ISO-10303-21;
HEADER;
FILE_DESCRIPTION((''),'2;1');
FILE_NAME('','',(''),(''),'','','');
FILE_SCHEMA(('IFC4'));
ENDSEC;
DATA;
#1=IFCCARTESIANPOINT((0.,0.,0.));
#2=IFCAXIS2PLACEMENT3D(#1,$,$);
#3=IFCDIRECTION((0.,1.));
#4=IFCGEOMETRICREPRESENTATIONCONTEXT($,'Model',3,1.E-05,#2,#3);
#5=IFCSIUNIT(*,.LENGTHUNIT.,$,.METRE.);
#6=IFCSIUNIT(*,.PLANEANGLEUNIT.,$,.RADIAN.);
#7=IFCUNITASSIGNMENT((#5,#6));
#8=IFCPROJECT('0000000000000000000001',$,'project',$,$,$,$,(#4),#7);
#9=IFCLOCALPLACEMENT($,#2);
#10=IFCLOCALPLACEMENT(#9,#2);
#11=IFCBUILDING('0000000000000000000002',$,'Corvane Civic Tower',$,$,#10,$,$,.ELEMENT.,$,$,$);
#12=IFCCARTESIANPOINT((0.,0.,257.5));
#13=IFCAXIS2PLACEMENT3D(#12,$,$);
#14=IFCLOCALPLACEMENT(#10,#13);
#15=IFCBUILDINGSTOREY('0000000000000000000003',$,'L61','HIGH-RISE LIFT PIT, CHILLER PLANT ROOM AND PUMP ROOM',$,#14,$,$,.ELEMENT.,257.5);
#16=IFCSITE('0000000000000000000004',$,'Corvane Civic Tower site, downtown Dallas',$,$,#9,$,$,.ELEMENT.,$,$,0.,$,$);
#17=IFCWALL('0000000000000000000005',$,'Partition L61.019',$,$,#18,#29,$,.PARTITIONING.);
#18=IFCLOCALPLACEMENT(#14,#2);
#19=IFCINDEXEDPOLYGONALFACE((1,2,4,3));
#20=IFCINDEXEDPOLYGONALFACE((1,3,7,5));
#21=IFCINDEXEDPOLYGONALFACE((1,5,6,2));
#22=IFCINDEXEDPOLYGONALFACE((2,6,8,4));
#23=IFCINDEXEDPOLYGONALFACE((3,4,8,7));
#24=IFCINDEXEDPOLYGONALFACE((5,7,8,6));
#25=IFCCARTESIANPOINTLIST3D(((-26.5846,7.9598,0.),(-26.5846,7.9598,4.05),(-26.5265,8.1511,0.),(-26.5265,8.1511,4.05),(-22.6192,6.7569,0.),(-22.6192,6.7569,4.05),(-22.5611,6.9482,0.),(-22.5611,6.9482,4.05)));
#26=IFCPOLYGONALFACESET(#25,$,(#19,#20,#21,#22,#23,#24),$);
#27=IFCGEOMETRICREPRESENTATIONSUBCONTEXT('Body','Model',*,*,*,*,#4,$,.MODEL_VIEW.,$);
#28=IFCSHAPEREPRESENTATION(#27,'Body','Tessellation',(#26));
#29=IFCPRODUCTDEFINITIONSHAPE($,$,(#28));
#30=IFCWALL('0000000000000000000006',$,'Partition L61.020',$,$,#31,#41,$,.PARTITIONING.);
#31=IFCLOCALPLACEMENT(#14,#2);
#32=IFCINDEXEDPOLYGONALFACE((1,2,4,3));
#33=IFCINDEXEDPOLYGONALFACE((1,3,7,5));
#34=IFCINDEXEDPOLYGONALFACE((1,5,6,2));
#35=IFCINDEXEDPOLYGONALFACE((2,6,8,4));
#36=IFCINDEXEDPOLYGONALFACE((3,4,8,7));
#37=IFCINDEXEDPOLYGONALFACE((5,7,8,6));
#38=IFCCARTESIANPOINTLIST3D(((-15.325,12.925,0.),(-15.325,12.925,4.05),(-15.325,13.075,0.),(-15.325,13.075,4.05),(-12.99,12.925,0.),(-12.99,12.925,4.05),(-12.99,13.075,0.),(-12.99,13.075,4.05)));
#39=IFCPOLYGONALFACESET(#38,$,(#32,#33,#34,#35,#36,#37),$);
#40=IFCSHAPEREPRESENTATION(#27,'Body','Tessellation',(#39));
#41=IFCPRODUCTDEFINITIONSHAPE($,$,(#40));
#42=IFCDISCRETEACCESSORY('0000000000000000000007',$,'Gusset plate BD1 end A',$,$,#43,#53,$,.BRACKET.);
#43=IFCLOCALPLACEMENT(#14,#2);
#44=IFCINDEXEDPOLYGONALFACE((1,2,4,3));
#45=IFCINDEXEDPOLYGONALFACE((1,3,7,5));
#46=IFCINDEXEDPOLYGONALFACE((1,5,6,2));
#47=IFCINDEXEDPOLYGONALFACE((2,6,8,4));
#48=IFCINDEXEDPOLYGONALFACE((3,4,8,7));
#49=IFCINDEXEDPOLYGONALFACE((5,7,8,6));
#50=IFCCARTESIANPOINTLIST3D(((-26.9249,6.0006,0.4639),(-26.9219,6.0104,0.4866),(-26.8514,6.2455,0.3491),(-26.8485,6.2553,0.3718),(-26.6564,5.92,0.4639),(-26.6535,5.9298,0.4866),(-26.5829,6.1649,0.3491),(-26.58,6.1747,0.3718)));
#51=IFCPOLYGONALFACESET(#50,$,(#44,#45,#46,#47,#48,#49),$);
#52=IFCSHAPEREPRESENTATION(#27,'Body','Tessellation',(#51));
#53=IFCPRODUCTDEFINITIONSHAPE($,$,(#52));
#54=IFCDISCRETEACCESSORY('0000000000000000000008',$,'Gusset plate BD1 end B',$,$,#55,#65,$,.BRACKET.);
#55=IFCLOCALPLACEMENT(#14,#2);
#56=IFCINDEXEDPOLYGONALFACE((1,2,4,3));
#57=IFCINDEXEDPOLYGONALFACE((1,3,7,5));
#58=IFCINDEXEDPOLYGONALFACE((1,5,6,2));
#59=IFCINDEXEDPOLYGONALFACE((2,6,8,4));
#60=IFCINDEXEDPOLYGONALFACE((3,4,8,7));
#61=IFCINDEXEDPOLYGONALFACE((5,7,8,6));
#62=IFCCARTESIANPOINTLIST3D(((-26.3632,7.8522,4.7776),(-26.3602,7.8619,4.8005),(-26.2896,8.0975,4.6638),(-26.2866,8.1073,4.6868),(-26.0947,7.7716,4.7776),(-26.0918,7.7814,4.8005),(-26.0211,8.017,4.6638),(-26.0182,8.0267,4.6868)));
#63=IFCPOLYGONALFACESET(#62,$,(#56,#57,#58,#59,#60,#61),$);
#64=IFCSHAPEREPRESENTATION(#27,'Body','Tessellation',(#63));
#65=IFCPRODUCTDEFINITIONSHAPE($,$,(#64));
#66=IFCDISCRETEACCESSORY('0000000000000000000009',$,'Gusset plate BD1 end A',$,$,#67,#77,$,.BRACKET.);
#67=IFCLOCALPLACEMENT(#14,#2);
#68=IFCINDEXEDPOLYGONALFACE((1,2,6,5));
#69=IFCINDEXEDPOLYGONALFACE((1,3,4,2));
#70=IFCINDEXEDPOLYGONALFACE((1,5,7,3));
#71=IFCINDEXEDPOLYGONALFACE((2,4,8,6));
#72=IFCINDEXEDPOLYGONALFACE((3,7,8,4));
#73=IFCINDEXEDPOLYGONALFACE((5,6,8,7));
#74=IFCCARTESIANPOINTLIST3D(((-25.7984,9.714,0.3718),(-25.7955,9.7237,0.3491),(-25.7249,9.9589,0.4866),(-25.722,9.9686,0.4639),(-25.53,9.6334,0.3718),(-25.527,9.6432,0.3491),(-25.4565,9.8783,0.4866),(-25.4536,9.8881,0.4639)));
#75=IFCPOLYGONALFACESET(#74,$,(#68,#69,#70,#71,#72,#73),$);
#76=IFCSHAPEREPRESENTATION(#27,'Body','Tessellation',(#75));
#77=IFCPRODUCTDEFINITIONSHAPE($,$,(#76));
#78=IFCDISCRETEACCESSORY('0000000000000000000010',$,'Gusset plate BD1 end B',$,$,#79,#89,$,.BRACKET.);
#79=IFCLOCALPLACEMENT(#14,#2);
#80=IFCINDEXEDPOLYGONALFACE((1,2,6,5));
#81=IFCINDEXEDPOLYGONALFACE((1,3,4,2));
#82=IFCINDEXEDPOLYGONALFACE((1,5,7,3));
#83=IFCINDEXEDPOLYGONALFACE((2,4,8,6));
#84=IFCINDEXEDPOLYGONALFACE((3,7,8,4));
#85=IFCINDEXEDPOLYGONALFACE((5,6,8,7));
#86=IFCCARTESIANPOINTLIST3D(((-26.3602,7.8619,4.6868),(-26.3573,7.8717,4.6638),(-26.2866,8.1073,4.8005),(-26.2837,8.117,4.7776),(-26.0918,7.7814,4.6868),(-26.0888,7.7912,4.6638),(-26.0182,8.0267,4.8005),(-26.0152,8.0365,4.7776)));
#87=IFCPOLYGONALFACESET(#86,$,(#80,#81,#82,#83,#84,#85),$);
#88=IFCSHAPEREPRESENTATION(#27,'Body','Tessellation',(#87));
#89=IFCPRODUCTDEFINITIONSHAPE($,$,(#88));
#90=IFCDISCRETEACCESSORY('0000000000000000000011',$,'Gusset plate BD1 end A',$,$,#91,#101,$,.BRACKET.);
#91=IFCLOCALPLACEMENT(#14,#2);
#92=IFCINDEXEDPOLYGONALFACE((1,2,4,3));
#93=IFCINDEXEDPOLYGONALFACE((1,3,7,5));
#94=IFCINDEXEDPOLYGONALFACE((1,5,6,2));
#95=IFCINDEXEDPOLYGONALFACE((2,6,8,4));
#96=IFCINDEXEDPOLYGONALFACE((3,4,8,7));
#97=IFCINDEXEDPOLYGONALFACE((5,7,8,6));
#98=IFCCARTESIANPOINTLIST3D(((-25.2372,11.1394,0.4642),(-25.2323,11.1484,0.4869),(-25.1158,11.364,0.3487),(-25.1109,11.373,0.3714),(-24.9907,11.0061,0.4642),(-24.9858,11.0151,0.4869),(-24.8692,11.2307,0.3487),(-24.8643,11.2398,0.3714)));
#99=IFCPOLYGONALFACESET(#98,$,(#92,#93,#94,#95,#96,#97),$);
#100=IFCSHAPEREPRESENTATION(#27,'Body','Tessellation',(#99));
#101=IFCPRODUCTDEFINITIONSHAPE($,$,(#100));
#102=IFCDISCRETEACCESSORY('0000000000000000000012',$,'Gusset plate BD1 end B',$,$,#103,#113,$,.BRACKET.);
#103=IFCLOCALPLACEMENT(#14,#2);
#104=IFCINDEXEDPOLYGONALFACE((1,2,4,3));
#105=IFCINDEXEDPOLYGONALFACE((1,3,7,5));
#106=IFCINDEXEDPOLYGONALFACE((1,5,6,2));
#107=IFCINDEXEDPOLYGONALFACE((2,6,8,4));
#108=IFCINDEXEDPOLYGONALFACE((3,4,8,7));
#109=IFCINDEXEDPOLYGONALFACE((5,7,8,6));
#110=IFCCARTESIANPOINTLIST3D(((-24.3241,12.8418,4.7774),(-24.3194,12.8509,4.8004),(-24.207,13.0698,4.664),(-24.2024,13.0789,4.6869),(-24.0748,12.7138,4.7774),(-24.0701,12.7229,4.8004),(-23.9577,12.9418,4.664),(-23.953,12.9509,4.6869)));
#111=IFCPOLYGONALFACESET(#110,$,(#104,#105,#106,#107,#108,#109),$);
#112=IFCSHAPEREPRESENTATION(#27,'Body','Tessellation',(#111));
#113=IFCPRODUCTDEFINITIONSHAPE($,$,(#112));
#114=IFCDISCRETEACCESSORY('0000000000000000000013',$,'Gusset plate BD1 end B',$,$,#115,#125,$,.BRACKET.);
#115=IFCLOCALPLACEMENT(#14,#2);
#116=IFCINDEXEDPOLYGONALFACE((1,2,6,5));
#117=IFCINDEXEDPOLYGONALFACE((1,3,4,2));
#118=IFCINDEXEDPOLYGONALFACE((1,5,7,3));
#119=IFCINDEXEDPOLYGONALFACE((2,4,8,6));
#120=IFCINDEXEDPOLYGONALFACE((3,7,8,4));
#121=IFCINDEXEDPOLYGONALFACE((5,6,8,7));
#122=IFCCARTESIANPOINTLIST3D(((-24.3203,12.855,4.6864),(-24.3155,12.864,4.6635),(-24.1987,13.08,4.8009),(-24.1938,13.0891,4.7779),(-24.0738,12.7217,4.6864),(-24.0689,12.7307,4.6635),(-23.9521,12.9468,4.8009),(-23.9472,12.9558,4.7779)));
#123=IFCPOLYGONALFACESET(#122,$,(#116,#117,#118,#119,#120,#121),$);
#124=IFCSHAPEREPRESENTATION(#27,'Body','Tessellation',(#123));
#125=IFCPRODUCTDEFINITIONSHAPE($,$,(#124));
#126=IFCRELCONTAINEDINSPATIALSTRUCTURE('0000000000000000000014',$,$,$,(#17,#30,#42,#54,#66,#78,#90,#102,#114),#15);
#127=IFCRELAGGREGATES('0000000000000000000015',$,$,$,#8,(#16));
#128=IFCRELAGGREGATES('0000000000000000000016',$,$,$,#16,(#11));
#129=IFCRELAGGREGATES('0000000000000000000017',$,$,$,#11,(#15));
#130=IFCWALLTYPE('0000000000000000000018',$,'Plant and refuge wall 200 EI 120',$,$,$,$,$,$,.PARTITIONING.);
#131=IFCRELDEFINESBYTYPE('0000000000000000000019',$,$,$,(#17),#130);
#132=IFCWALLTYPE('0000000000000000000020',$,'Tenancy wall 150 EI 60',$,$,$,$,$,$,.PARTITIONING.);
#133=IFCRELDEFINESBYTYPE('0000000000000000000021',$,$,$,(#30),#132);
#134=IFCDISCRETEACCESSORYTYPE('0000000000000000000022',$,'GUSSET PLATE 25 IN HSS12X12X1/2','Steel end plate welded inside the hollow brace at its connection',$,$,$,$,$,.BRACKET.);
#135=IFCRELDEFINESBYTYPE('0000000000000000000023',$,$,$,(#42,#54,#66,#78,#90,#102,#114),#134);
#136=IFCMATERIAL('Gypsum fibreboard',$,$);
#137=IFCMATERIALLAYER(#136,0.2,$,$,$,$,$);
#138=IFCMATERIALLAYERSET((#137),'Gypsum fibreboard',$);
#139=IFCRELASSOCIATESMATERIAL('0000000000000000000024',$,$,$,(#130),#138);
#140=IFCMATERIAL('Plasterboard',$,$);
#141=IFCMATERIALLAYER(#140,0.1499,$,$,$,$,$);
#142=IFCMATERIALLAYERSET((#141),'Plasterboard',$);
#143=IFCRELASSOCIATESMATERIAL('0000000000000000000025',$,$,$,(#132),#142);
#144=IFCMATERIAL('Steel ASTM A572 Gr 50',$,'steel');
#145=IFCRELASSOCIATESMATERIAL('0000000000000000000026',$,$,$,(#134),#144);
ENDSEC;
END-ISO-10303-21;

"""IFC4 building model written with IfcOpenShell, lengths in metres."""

from ifc_helpers import new_model, si_unit, direction, frame, frame_2d, origin, origin_2d, place, context, subcontext, project, spatial, rectangle, extrude, material, layer, layer_set, material_profile, profile_set, type_object, element, save


model = new_model("IFC4")

# Units and contexts
model_context = context("Model", 3, precision=1e-05, world=origin(), true_north=direction((0.0, 1.0)))
body_context = subcontext(model_context, "Body", "Model", "MODEL_VIEW")
ifc_project = project(units=[si_unit("LENGTHUNIT", "METRE"), si_unit("PLANEANGLEUNIT", "RADIAN")], contexts=[model_context])

# Site, building, storey
site_placement = place(None, origin())
site = spatial("IfcSite", under=ifc_project, at=site_placement, Name="Corvane Civic Tower site, downtown Dallas", CompositionType="ELEMENT", RefElevation=0.0)
building_placement = place(site_placement, origin())
building = spatial("IfcBuilding", under=site, at=building_placement, Name="Corvane Civic Tower", CompositionType="ELEMENT")
storey_placement = place(building_placement, frame((0.0, 0.0, 257.5)))
storey = spatial("IfcBuildingStorey", under=building, at=storey_placement, Name="L61", Description="HIGH-RISE LIFT PIT, CHILLER PLANT ROOM AND PUMP ROOM", CompositionType="ELEMENT", Elevation=257.5)

# Walls
ifc_material_1 = material(Name="Gypsum fibreboard")
ifc_layer_1 = layer(ifc_material_1, 0.2)
ifc_layer_set_1 = layer_set([ifc_layer_1], Name="Gypsum fibreboard")
wall_type_1 = type_object("IfcWallType", Name="Plant and refuge wall 200 EI 120", PredefinedType="PARTITIONING", material=ifc_layer_set_1)
wall_1_placement = place(storey_placement, frame((-26.5554, 8.0554, 0.0), z_axis=(0.0, 0.0, 1.0), x_axis=(0.95694, -0.290287, 0.0)))
element("IfcWall", 1, at=wall_1_placement, inside=storey, type_object=wall_type_1, Name="Partition L61.019", PredefinedType="PARTITIONING", context=body_context, shape_type="SweptSolid", body=[
    extrude(rectangle(XDim=4.1438, YDim=0.2, at=frame_2d((2.0718, 0.0))), origin(), (0.0, 0.0, 1.0), 4.05),
])
ifc_material_2 = material(Name="Plasterboard")
ifc_layer_2 = layer(ifc_material_2, 0.1499)
ifc_layer_set_2 = layer_set([ifc_layer_2], Name="Plasterboard")
wall_type_2 = type_object("IfcWallType", Name="Tenancy wall 150 EI 60", PredefinedType="PARTITIONING", material=ifc_layer_set_2)
wall_2_placement = place(storey_placement, frame((-15.325, 13.0, 0.0), z_axis=(0.0, 0.0, 1.0), x_axis=(1.0, 0.0, 0.0)))
element("IfcWall", 2, at=wall_2_placement, inside=storey, type_object=wall_type_2, Name="Partition L61.020", PredefinedType="PARTITIONING", context=body_context, shape_type="SweptSolid", body=[
    extrude(rectangle(XDim=2.335, YDim=0.1499, at=frame_2d((1.1675, 0.0))), origin(), (0.0, 0.0, 1.0), 4.05),
])

# Discrete accessories
ifc_material_3 = material(Name="Steel ASTM A572 Gr 50", Category="steel")
ifc_material_profile_1 = material_profile(ifc_material_3, rectangle(XDim=0.2803, YDim=0.2803, at=origin_2d()), Name="GUSSET PLATE 25 IN HSS12X12X1/2")
ifc_profile_set_1 = profile_set([ifc_material_profile_1], Name="Steel ASTM A572 Gr 50")
discrete_accessory_type = type_object("IfcDiscreteAccessoryType", Name="GUSSET PLATE 25 IN HSS12X12X1/2", Description="Steel end plate welded inside the hollow brace at its connection", PredefinedType="BRACKET", material=ifc_profile_set_1)
discrete_accessory_1_placement = place(storey_placement, frame((-26.7539, 6.0828, 0.4065), z_axis=(0.117709, 0.392364, 0.912247), x_axis=(-0.957826, 0.287348, 0.0)))
element("IfcDiscreteAccessory", 3, at=discrete_accessory_1_placement, inside=storey, type_object=discrete_accessory_type, Name="Gusset plate BD1 end A", PredefinedType="BRACKET", context=body_context, shape_type="SweptSolid", body=[
    extrude(rectangle(XDim=0.2803, YDim=0.2803, at=origin_2d()), origin(), (0.0, 0.0, 1.0), 0.0249),
])
discrete_accessory_2_placement = place(storey_placement, frame((-26.1892, 7.9443, 4.7437), z_axis=(-0.116664, -0.388881, -0.913871), x_axis=(0.957826, -0.287348, 0.0)))
element("IfcDiscreteAccessory", 4, at=discrete_accessory_2_placement, inside=storey, type_object=discrete_accessory_type, Name="Gusset plate BD1 end B", PredefinedType="BRACKET", context=body_context, shape_type="SweptSolid", body=[
    extrude(rectangle(XDim=0.2803, YDim=0.2803, at=origin_2d()), origin(), (0.0, 0.0, 1.0), 0.0251),
])
discrete_accessory_3_placement = place(storey_placement, frame((-25.6245, 9.8059, 0.4065), z_axis=(-0.117709, -0.392364, 0.912247), x_axis=(0.957826, -0.287348, 0.0)))
element("IfcDiscreteAccessory", 5, at=discrete_accessory_3_placement, inside=storey, type_object=discrete_accessory_type, Name="Gusset plate BD1 end A", PredefinedType="BRACKET", context=body_context, shape_type="SweptSolid", body=[
    extrude(rectangle(XDim=0.2803, YDim=0.2803, at=origin_2d()), origin(), (0.0, 0.0, 1.0), 0.0249),
])
discrete_accessory_4_placement = place(storey_placement, frame((-26.1892, 7.9443, 4.7437), z_axis=(0.116664, 0.388881, -0.913871), x_axis=(-0.957826, 0.287348, 0.0)))
element("IfcDiscreteAccessory", 6, at=discrete_accessory_4_placement, inside=storey, type_object=discrete_accessory_type, Name="Gusset plate BD1 end B", PredefinedType="BRACKET", context=body_context, shape_type="SweptSolid", body=[
    extrude(rectangle(XDim=0.2803, YDim=0.2803, at=origin_2d()), origin(), (0.0, 0.0, 1.0), 0.0251),
])
discrete_accessory_5_placement = place(storey_placement, frame((-25.0532, 11.1851, 0.4065), z_axis=(0.195947, 0.362501, 0.911152), x_axis=(-0.879707, 0.475517, 0.0)))
element("IfcDiscreteAccessory", 7, at=discrete_accessory_5_placement, inside=storey, type_object=discrete_accessory_type, Name="Gusset plate BD1 end A", PredefinedType="BRACKET", context=body_context, shape_type="SweptSolid", body=[
    extrude(rectangle(XDim=0.2803, YDim=0.2803, at=origin_2d()), origin(), (0.0, 0.0, 1.0), 0.0249),
])
for number, where, z_axis, x_axis, name in (
    (8, (-24.1362, 12.9009, 4.7437), (-0.184841, -0.359954, -0.914477), (0.889567, -0.456805, 0.0), "Gusset plate BD1 end B"),
    (9, (-24.1362, 12.9009, 4.7437), (0.194211, 0.359291, -0.912793), (-0.879707, 0.475517, 0.0), "Gusset plate BD1 end B"),
):
    element("IfcDiscreteAccessory", number, at=place(storey_placement, frame(where, z_axis=z_axis, x_axis=x_axis)), inside=storey, type_object=discrete_accessory_type, Name=name, PredefinedType="BRACKET", context=body_context, shape_type="SweptSolid", body=[
        extrude(rectangle(XDim=0.2803, YDim=0.2803, at=origin_2d()), origin(), (0.0, 0.0, 1.0), 0.0251),
    ])

save(model, "model.ifc")
